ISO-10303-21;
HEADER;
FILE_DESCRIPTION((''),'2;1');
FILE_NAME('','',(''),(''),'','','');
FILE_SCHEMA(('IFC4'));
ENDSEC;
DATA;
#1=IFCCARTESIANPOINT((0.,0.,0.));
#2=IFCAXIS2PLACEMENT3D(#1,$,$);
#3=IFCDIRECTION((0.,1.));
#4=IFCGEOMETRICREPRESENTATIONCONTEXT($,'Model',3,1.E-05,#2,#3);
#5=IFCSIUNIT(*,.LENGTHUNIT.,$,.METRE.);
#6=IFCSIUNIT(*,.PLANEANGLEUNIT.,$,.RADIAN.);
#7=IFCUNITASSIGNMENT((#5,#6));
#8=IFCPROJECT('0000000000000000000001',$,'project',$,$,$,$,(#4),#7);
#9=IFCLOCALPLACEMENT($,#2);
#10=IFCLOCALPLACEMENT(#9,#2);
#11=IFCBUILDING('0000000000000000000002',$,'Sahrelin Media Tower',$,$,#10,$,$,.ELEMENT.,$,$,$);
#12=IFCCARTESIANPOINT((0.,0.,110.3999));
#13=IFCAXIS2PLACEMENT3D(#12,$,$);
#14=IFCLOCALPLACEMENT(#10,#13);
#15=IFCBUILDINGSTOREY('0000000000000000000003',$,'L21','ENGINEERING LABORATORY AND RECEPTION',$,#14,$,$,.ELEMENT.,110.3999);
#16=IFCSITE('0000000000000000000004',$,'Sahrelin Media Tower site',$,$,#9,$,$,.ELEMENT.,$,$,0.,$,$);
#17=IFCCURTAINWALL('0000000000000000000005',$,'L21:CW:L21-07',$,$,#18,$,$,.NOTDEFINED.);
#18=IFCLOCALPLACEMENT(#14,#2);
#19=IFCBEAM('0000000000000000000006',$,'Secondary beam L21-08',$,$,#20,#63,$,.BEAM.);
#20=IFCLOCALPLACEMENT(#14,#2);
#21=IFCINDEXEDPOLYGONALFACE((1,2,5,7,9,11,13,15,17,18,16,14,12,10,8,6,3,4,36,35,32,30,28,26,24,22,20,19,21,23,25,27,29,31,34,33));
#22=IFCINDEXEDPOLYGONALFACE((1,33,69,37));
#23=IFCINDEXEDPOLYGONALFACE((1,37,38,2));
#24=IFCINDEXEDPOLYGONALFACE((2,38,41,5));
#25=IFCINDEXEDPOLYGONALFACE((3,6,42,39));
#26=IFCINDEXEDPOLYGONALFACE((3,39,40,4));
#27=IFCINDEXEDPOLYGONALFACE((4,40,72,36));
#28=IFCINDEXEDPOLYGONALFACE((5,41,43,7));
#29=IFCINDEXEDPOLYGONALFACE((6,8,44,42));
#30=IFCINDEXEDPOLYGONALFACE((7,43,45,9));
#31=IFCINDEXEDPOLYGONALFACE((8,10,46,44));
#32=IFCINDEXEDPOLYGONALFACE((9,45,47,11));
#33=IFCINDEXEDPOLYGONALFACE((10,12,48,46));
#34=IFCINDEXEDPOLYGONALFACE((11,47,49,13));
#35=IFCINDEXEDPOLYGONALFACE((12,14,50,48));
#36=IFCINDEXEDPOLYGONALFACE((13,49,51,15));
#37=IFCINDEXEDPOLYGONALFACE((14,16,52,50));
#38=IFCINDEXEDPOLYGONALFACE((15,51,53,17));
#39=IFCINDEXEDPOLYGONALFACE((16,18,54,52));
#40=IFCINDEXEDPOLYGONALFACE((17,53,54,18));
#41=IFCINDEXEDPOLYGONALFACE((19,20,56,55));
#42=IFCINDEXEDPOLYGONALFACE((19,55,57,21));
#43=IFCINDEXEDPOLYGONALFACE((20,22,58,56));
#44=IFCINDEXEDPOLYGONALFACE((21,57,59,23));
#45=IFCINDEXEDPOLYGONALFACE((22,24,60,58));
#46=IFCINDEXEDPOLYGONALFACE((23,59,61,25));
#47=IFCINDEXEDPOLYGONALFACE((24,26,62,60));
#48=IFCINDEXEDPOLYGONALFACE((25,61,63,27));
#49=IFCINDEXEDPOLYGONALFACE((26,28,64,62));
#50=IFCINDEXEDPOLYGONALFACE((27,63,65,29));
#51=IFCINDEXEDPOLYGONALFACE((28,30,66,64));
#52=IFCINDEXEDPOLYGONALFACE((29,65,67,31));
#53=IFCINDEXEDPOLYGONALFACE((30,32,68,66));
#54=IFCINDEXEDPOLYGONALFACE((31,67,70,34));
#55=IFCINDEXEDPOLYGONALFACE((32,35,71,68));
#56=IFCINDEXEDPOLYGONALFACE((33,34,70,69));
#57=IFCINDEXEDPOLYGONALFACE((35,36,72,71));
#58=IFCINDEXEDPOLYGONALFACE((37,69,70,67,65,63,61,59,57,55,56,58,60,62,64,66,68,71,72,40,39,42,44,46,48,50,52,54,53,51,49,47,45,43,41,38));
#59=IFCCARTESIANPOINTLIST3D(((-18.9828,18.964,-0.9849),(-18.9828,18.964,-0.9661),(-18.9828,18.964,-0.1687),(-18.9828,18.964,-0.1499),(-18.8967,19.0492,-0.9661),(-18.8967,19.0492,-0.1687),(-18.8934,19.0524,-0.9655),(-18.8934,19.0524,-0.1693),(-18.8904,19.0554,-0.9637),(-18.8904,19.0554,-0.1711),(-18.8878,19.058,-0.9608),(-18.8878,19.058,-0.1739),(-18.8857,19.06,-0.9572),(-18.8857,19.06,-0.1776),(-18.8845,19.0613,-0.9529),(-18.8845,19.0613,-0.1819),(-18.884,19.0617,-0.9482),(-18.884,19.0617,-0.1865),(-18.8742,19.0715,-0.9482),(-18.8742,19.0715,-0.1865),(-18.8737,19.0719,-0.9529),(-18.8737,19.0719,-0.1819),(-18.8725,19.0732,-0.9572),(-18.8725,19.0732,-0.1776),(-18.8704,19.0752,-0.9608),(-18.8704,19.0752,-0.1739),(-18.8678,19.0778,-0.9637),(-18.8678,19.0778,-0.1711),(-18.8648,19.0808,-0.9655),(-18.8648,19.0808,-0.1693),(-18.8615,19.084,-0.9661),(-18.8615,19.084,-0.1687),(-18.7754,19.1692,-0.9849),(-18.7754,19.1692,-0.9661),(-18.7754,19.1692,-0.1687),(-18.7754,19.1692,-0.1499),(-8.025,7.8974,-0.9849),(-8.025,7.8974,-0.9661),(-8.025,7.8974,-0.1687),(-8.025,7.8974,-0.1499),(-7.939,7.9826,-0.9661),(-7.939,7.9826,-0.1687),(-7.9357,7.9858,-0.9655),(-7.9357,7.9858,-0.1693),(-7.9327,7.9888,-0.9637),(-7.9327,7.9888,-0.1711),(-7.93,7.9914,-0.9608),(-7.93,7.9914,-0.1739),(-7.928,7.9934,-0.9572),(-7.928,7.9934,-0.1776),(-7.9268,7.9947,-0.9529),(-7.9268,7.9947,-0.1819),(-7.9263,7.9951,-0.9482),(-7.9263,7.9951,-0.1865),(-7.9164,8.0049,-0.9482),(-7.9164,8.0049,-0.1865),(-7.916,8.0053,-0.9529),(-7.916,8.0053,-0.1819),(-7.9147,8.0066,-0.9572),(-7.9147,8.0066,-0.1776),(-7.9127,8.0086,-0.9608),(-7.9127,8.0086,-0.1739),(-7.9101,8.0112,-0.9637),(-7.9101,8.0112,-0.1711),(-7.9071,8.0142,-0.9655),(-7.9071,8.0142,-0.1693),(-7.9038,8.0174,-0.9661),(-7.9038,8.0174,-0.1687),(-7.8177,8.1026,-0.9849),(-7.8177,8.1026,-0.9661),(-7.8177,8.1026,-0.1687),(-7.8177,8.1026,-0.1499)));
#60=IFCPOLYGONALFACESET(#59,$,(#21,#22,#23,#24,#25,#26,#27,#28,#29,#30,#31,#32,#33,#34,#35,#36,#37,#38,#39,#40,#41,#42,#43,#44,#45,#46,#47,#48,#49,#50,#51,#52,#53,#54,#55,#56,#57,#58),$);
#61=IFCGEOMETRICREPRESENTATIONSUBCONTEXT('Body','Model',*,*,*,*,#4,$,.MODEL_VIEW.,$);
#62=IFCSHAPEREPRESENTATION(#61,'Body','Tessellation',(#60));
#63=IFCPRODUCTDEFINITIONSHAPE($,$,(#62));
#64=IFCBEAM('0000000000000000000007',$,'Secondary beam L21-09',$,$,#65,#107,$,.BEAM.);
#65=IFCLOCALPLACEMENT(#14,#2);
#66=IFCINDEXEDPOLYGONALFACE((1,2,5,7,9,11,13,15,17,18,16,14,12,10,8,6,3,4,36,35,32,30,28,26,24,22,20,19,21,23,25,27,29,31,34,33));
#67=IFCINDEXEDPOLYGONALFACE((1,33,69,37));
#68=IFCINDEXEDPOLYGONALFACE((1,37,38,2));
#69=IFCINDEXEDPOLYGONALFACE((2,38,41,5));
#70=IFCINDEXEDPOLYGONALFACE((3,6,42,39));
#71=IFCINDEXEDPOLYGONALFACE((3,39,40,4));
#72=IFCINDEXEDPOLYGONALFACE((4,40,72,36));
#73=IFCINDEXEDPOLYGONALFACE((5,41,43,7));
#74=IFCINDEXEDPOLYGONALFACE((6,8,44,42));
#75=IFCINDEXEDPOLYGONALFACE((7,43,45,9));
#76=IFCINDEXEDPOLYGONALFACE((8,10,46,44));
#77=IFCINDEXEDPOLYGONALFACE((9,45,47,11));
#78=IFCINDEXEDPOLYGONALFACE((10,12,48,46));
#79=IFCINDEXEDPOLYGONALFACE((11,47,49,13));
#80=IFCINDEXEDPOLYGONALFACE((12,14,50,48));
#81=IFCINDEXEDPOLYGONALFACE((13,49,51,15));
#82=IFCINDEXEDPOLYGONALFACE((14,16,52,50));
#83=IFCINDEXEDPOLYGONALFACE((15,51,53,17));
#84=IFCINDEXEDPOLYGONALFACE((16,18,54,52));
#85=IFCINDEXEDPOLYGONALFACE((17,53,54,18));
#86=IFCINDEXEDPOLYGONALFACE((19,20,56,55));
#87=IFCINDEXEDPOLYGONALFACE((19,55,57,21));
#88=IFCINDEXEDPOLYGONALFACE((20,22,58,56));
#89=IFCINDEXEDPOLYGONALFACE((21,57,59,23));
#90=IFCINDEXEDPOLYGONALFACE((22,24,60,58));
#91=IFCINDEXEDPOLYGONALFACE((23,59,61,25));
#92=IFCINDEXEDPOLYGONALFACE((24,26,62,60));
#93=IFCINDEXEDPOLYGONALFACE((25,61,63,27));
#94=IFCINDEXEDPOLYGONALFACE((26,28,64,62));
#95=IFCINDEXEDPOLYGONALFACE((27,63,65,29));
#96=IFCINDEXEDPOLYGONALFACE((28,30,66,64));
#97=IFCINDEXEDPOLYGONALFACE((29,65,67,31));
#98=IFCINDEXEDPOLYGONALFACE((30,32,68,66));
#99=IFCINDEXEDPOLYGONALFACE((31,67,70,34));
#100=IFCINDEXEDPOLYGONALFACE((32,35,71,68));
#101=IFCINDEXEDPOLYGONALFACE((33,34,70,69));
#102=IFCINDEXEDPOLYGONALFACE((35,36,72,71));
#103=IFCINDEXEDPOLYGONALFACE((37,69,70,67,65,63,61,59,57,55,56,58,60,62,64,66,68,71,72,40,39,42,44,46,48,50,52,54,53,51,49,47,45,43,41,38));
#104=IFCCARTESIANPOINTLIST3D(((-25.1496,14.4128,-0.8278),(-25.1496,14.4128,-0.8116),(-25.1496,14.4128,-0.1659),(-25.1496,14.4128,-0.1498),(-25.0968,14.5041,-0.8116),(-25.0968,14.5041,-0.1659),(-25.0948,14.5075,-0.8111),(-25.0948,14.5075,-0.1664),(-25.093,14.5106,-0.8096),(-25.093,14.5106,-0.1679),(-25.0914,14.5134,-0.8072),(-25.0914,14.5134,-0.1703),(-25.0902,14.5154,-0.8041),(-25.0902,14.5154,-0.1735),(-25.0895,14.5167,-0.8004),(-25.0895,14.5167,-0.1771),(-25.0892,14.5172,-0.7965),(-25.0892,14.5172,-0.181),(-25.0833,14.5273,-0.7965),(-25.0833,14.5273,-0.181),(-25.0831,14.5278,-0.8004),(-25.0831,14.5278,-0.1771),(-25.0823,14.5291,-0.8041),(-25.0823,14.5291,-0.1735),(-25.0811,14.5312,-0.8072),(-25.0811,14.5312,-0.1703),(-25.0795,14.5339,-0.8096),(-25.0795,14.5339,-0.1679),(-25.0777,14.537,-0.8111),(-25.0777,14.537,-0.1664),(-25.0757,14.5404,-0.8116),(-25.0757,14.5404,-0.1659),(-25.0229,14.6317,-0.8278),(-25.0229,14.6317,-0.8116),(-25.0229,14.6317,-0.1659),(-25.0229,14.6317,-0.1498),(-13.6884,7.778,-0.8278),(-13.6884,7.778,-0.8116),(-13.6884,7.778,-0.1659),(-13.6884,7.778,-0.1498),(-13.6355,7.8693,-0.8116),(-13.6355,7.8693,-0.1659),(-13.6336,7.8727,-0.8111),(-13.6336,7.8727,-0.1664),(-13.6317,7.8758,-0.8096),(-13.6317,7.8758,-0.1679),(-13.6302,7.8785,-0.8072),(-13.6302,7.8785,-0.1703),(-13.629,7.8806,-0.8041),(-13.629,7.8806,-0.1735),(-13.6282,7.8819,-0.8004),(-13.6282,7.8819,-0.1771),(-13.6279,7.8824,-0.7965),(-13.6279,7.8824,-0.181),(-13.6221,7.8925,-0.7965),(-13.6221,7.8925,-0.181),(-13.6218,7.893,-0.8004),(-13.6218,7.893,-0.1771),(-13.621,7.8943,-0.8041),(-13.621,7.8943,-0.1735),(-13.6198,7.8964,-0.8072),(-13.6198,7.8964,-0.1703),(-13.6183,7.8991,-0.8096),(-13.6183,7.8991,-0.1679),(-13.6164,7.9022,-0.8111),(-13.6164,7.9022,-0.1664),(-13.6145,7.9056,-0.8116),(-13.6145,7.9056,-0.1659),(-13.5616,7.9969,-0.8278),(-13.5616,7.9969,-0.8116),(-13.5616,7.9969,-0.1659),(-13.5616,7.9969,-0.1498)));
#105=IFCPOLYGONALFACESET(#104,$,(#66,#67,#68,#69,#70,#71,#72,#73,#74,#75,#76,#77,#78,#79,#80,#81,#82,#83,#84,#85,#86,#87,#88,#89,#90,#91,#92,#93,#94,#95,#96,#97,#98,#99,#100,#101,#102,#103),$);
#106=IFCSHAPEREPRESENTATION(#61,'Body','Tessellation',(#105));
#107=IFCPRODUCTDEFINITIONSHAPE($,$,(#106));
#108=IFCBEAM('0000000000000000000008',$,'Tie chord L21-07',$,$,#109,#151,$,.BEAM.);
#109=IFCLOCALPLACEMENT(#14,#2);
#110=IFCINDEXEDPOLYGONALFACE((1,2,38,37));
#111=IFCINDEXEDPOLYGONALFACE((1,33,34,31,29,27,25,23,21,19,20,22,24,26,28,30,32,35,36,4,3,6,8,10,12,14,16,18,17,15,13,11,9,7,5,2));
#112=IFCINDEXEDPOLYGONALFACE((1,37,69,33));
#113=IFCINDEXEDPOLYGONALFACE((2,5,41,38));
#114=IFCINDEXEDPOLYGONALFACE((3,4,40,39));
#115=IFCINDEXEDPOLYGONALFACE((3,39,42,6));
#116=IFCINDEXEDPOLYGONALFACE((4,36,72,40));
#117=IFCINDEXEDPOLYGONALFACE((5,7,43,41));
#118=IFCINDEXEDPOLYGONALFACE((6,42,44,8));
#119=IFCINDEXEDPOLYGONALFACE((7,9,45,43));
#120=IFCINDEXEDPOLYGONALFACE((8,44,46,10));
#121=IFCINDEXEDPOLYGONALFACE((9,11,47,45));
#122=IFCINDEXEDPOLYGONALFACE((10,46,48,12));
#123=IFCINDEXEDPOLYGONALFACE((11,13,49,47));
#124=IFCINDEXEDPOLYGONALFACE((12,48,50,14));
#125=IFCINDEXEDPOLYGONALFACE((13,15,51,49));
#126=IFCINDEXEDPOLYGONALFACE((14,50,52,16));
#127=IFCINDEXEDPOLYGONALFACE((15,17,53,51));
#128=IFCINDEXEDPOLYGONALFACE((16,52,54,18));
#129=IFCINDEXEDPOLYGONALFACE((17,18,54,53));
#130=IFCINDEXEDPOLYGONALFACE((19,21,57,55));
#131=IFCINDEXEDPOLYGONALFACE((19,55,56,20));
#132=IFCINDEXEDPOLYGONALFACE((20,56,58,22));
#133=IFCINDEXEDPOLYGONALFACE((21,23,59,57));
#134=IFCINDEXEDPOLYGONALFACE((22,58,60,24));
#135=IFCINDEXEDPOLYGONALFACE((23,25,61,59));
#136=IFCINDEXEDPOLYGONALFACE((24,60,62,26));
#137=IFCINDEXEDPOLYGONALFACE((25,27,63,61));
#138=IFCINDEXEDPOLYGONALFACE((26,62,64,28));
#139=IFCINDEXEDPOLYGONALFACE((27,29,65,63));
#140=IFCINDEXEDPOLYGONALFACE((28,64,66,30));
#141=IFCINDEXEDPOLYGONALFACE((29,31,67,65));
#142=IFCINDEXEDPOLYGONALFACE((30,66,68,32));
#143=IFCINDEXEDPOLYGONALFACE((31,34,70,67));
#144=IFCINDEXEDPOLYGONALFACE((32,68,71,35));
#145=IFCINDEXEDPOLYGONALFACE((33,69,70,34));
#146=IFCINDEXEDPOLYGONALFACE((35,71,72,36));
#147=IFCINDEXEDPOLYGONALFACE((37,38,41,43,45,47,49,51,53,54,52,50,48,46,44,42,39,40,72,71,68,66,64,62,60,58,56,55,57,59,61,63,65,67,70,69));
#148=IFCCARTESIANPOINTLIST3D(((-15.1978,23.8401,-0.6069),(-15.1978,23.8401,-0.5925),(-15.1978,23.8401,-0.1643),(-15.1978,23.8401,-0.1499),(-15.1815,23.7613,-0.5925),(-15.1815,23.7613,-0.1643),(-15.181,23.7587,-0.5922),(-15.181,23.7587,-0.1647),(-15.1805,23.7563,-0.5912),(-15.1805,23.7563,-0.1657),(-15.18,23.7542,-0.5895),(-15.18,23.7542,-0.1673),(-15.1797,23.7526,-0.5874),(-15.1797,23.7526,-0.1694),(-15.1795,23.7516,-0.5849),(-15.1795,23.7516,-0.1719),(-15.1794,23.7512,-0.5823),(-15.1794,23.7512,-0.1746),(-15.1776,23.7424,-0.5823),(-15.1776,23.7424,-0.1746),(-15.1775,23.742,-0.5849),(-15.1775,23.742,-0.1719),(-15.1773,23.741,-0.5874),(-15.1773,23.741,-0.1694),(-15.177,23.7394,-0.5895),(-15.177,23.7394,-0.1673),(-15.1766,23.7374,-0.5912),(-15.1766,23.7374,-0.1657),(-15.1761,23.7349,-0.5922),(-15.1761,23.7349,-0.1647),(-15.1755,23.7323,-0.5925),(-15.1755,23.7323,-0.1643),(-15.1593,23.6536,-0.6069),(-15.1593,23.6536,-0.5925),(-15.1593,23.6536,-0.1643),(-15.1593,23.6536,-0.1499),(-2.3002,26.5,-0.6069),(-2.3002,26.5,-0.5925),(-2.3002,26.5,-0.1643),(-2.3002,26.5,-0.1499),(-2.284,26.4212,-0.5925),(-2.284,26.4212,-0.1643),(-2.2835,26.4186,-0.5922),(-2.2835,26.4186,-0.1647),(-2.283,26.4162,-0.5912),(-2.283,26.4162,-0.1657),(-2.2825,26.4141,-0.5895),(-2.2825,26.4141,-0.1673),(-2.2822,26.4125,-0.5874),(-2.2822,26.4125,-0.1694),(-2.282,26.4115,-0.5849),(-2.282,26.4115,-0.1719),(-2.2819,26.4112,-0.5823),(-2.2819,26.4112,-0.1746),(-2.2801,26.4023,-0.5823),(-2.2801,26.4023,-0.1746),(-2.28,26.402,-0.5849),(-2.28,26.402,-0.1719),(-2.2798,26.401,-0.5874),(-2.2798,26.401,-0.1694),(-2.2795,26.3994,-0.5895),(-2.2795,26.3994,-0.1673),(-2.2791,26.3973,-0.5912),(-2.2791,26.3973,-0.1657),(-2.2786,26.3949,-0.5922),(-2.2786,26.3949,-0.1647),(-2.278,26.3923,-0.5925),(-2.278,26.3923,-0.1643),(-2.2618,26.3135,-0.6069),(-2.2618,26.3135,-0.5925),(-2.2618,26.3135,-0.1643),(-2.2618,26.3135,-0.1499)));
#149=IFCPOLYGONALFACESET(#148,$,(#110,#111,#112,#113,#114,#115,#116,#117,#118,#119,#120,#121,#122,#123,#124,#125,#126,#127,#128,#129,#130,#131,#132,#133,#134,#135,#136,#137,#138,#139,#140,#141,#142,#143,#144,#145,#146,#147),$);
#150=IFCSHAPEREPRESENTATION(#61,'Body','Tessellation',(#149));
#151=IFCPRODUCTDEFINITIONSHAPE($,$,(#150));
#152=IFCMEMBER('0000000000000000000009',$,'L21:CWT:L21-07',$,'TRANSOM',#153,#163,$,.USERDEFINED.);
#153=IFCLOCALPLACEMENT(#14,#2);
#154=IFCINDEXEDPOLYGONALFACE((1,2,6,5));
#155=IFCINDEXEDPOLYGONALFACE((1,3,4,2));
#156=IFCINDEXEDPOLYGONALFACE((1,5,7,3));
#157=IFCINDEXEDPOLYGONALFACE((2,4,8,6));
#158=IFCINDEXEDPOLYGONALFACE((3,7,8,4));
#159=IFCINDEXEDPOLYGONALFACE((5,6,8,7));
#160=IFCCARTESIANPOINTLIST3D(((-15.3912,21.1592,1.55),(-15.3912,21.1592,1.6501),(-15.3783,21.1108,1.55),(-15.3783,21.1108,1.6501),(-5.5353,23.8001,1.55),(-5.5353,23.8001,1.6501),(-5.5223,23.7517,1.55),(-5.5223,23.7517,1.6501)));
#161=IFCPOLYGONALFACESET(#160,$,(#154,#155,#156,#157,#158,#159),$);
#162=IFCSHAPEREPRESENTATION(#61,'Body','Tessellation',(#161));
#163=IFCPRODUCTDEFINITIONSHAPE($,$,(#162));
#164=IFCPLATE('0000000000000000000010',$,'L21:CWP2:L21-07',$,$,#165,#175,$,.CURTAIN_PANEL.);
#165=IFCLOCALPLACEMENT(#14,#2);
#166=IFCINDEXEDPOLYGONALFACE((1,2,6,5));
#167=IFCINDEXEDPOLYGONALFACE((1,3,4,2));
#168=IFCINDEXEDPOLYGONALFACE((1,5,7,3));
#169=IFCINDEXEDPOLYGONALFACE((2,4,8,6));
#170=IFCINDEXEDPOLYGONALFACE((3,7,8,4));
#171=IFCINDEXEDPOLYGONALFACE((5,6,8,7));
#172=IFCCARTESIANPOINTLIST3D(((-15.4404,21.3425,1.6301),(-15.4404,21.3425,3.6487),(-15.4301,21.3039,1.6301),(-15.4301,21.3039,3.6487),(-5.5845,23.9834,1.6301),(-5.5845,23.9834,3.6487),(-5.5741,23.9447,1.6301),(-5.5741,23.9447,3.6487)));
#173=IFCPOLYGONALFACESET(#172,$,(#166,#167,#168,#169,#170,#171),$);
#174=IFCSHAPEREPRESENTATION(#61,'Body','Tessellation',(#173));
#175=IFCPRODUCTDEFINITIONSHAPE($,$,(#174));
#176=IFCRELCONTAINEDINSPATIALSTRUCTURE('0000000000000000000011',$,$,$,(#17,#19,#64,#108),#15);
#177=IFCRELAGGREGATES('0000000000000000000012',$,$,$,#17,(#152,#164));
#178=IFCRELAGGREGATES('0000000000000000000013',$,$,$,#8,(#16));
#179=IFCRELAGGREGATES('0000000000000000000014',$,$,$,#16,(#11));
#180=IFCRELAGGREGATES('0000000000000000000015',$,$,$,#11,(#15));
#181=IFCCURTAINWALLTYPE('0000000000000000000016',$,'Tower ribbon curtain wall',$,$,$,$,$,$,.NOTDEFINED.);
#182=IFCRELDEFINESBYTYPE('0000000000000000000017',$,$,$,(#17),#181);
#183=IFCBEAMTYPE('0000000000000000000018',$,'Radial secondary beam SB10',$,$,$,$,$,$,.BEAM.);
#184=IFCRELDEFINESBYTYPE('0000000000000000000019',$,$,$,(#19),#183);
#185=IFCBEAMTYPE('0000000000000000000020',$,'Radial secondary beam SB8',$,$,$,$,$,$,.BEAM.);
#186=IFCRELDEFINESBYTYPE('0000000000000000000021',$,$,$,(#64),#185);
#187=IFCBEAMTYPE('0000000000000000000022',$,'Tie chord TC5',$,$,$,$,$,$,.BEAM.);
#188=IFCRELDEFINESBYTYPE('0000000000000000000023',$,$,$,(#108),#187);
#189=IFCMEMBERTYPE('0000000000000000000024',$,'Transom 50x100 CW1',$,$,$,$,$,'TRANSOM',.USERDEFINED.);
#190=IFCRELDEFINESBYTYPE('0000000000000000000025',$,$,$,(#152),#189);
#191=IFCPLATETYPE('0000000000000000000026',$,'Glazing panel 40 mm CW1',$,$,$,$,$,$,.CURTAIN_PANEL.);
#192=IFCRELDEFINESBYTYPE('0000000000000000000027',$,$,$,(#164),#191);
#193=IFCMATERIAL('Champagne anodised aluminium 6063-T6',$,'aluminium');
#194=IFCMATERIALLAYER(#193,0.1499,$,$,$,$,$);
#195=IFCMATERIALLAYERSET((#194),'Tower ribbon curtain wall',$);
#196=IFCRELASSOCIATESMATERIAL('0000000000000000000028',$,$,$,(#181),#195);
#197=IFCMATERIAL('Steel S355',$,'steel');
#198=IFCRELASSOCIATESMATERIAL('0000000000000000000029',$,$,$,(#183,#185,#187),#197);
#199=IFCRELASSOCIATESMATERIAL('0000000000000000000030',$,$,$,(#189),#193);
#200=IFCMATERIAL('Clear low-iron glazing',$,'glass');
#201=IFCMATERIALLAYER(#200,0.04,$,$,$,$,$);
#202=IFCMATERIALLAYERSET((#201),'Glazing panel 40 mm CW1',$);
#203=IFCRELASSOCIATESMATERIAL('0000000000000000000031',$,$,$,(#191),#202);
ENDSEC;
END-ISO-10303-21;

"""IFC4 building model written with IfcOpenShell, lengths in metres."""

from ifc_helpers import new_model, si_unit, direction, frame, origin, origin_2d, place, context, subcontext, project, spatial, polyline, rectangle, i_section, outline, extrude, material, layer, layer_set, material_profile, profile_set, type_object, element, aggregate, save


model = new_model("IFC4")

# Units and contexts
model_context = context("Model", 3, precision=1e-05, world=origin(), true_north=direction((0.0, 1.0)))
body_context = subcontext(model_context, "Body", "Model", "MODEL_VIEW")
ifc_project = project(units=[si_unit("LENGTHUNIT", "METRE"), si_unit("PLANEANGLEUNIT", "RADIAN")], contexts=[model_context])

# Site, building, storey
site_placement = place(None, origin())
site = spatial("IfcSite", under=ifc_project, at=site_placement, Name="Sahrelin Media Tower site", CompositionType="ELEMENT", RefElevation=0.0)
building_placement = place(site_placement, origin())
building = spatial("IfcBuilding", under=site, at=building_placement, Name="Sahrelin Media Tower", CompositionType="ELEMENT")
storey_placement = place(building_placement, frame((0.0, 0.0, 110.3999)))
storey = spatial("IfcBuildingStorey", under=building, at=storey_placement, Name="L21", Description="ENGINEERING LABORATORY AND RECEPTION", CompositionType="ELEMENT", Elevation=110.3999)

# Shared definitions
ifc_material_1 = material(Name="Steel S355", Category="steel")

# Curtain wall
ifc_material_2 = material(Name="Champagne anodised aluminium 6063-T6", Category="aluminium")
ifc_layer_1 = layer(ifc_material_2, 0.1499)
ifc_layer_set_1 = layer_set([ifc_layer_1], Name="Tower ribbon curtain wall")
curtain_wall_type = type_object("IfcCurtainWallType", Name="Tower ribbon curtain wall", PredefinedType="NOTDEFINED", material=ifc_layer_set_1)
curtain_wall_1_placement = place(storey_placement, frame((-10.5073, 22.6438, 0.0), z_axis=(0.0, 0.0, 1.0), x_axis=(1.0, 0.0, 0.0)))
curtain_wall_1 = element("IfcCurtainWall", 1, at=curtain_wall_1_placement, inside=storey, type_object=curtain_wall_type, Name="L21:CW:L21-07", PredefinedType="NOTDEFINED")

# Beams
ifc_material_profile_1 = material_profile(ifc_material_1, i_section(OverallWidth=0.2917, OverallDepth=0.835, WebThickness=0.0139, FlangeThickness=0.0188, FilletRadius=0.0178, at=origin_2d()), Name="UB 838x292x176")
ifc_profile_set_1 = profile_set([ifc_material_profile_1], Name="Steel S355")
beam_type_1 = type_object("IfcBeamType", Name="Radial secondary beam SB10", PredefinedType="BEAM", material=ifc_profile_set_1)
beam_1_placement = place(storey_placement, frame((-7.9214, 8.0, -0.5674), z_axis=(-0.703602, 0.710594, 0.0), x_axis=(-0.710594, -0.703602, 0.0)))
element("IfcBeam", 2, at=beam_1_placement, inside=storey, type_object=beam_type_1, Name="Secondary beam L21-08", PredefinedType="BEAM", context=body_context, shape_type="SweptSolid", body=[
    extrude(i_section(OverallWidth=0.2917, OverallDepth=0.835, WebThickness=0.0139, FlangeThickness=0.0188, FilletRadius=0.0178, at=origin_2d()), origin(), (0.0, 0.0, 1.0), 15.5737),
])
ifc_material_profile_2 = material_profile(ifc_material_1, i_section(OverallWidth=0.2529, OverallDepth=0.678, WebThickness=0.0117, FlangeThickness=0.0161, FilletRadius=0.0151, at=origin_2d()), Name="UB 686x254x125")
ifc_profile_set_2 = profile_set([ifc_material_profile_2], Name="Steel S355")
beam_type_2 = type_object("IfcBeamType", Name="Radial secondary beam SB8", PredefinedType="BEAM", material=ifc_profile_set_2)
beam_2_placement = place(storey_placement, frame((-13.625, 7.8875, -0.4888), z_axis=(-0.865448, 0.500999, 0.0), x_axis=(-0.500999, -0.865448, 0.0)))
element("IfcBeam", 3, at=beam_2_placement, inside=storey, type_object=beam_type_2, Name="Secondary beam L21-09", PredefinedType="BEAM", context=body_context, shape_type="SweptSolid", body=[
    extrude(i_section(OverallWidth=0.2529, OverallDepth=0.678, WebThickness=0.0117, FlangeThickness=0.0161, FilletRadius=0.0151, at=origin_2d()), origin(), (0.0, 0.0, 1.0), 13.2432),
])
ifc_material_profile_3 = material_profile(ifc_material_1, i_section(OverallWidth=0.1904, OverallDepth=0.457, WebThickness=0.009, FlangeThickness=0.0144, FilletRadius=0.0103, at=origin_2d()), Name="UB 457x191x74")
ifc_profile_set_3 = profile_set([ifc_material_profile_3], Name="Steel S355")
beam_type_3 = type_object("IfcBeamType", Name="Tie chord TC5", PredefinedType="BEAM", material=ifc_profile_set_3)
beam_3_placement = place(storey_placement, frame((-2.281, 26.4067, -0.3784), z_axis=(-0.979389, -0.201985, 0.0), x_axis=(0.201985, -0.979389, 0.0)))
element("IfcBeam", 4, at=beam_3_placement, inside=storey, type_object=beam_type_3, Name="Tie chord L21-07", PredefinedType="BEAM", context=body_context, shape_type="SweptSolid", body=[
    extrude(i_section(OverallWidth=0.1904, OverallDepth=0.457, WebThickness=0.009, FlangeThickness=0.0144, FilletRadius=0.0103, at=origin_2d()), origin(), (0.0, 0.0, 1.0), 13.1689),
])

# Member
ifc_material_profile_4 = material_profile(ifc_material_2, rectangle(XDim=0.05, YDim=0.1001, at=origin_2d()), Name="Transom 50x100")
ifc_profile_set_4 = profile_set([ifc_material_profile_4], Name="Champagne anodised aluminium 6063-T6")
member_type_1 = type_object("IfcMemberType", Name="Transom 50x100 CW1", ElementType="TRANSOM", PredefinedType="USERDEFINED", material=ifc_profile_set_4)
member_1_placement = place(storey_placement, frame((-5.5288, 23.7759, 1.6001), z_axis=(-0.965926, -0.258817, 0.0), x_axis=(0.258817, -0.965926, 0.0)))
member_1 = element("IfcMember", 5, at=member_1_placement, type_object=member_type_1, Name="L21:CWT:L21-07", ObjectType="TRANSOM", PredefinedType="USERDEFINED", context=body_context, shape_type="SweptSolid", body=[
    extrude(rectangle(XDim=0.05, YDim=0.1001, at=origin_2d()), origin(), (0.0, 0.0, 1.0), 10.2036),
])

# Plate
ifc_material_3 = material(Name="Clear low-iron glazing", Category="glass")
ifc_layer_2 = layer(ifc_material_3, 0.04)
ifc_layer_set_2 = layer_set([ifc_layer_2], Name="Glazing panel 40 mm CW1")
plate_type_1 = type_object("IfcPlateType", Name="Glazing panel 40 mm CW1", PredefinedType="CURTAIN_PANEL", material=ifc_layer_set_2)
plate_1_placement = place(storey_placement, frame((-5.5845, 23.9834, 1.6301), z_axis=(-0.258817, 0.965926, 0.0), x_axis=(-0.965926, -0.258817, 0.0)))
plate_1 = element("IfcPlate", 6, at=plate_1_placement, type_object=plate_type_1, Name="L21:CWP2:L21-07", PredefinedType="CURTAIN_PANEL", context=body_context, shape_type="SweptSolid", body=[
    extrude(outline(polyline([(0.0, 0.0), (10.2036, 0.0), (10.2036, 2.0186), (0.0, 2.0186), (0.0, 0.0)])), origin(), (0.0, 0.0, -1.0), 0.04),
])
aggregate(curtain_wall_1, [member_1, plate_1])

save(model, "model.ifc")
